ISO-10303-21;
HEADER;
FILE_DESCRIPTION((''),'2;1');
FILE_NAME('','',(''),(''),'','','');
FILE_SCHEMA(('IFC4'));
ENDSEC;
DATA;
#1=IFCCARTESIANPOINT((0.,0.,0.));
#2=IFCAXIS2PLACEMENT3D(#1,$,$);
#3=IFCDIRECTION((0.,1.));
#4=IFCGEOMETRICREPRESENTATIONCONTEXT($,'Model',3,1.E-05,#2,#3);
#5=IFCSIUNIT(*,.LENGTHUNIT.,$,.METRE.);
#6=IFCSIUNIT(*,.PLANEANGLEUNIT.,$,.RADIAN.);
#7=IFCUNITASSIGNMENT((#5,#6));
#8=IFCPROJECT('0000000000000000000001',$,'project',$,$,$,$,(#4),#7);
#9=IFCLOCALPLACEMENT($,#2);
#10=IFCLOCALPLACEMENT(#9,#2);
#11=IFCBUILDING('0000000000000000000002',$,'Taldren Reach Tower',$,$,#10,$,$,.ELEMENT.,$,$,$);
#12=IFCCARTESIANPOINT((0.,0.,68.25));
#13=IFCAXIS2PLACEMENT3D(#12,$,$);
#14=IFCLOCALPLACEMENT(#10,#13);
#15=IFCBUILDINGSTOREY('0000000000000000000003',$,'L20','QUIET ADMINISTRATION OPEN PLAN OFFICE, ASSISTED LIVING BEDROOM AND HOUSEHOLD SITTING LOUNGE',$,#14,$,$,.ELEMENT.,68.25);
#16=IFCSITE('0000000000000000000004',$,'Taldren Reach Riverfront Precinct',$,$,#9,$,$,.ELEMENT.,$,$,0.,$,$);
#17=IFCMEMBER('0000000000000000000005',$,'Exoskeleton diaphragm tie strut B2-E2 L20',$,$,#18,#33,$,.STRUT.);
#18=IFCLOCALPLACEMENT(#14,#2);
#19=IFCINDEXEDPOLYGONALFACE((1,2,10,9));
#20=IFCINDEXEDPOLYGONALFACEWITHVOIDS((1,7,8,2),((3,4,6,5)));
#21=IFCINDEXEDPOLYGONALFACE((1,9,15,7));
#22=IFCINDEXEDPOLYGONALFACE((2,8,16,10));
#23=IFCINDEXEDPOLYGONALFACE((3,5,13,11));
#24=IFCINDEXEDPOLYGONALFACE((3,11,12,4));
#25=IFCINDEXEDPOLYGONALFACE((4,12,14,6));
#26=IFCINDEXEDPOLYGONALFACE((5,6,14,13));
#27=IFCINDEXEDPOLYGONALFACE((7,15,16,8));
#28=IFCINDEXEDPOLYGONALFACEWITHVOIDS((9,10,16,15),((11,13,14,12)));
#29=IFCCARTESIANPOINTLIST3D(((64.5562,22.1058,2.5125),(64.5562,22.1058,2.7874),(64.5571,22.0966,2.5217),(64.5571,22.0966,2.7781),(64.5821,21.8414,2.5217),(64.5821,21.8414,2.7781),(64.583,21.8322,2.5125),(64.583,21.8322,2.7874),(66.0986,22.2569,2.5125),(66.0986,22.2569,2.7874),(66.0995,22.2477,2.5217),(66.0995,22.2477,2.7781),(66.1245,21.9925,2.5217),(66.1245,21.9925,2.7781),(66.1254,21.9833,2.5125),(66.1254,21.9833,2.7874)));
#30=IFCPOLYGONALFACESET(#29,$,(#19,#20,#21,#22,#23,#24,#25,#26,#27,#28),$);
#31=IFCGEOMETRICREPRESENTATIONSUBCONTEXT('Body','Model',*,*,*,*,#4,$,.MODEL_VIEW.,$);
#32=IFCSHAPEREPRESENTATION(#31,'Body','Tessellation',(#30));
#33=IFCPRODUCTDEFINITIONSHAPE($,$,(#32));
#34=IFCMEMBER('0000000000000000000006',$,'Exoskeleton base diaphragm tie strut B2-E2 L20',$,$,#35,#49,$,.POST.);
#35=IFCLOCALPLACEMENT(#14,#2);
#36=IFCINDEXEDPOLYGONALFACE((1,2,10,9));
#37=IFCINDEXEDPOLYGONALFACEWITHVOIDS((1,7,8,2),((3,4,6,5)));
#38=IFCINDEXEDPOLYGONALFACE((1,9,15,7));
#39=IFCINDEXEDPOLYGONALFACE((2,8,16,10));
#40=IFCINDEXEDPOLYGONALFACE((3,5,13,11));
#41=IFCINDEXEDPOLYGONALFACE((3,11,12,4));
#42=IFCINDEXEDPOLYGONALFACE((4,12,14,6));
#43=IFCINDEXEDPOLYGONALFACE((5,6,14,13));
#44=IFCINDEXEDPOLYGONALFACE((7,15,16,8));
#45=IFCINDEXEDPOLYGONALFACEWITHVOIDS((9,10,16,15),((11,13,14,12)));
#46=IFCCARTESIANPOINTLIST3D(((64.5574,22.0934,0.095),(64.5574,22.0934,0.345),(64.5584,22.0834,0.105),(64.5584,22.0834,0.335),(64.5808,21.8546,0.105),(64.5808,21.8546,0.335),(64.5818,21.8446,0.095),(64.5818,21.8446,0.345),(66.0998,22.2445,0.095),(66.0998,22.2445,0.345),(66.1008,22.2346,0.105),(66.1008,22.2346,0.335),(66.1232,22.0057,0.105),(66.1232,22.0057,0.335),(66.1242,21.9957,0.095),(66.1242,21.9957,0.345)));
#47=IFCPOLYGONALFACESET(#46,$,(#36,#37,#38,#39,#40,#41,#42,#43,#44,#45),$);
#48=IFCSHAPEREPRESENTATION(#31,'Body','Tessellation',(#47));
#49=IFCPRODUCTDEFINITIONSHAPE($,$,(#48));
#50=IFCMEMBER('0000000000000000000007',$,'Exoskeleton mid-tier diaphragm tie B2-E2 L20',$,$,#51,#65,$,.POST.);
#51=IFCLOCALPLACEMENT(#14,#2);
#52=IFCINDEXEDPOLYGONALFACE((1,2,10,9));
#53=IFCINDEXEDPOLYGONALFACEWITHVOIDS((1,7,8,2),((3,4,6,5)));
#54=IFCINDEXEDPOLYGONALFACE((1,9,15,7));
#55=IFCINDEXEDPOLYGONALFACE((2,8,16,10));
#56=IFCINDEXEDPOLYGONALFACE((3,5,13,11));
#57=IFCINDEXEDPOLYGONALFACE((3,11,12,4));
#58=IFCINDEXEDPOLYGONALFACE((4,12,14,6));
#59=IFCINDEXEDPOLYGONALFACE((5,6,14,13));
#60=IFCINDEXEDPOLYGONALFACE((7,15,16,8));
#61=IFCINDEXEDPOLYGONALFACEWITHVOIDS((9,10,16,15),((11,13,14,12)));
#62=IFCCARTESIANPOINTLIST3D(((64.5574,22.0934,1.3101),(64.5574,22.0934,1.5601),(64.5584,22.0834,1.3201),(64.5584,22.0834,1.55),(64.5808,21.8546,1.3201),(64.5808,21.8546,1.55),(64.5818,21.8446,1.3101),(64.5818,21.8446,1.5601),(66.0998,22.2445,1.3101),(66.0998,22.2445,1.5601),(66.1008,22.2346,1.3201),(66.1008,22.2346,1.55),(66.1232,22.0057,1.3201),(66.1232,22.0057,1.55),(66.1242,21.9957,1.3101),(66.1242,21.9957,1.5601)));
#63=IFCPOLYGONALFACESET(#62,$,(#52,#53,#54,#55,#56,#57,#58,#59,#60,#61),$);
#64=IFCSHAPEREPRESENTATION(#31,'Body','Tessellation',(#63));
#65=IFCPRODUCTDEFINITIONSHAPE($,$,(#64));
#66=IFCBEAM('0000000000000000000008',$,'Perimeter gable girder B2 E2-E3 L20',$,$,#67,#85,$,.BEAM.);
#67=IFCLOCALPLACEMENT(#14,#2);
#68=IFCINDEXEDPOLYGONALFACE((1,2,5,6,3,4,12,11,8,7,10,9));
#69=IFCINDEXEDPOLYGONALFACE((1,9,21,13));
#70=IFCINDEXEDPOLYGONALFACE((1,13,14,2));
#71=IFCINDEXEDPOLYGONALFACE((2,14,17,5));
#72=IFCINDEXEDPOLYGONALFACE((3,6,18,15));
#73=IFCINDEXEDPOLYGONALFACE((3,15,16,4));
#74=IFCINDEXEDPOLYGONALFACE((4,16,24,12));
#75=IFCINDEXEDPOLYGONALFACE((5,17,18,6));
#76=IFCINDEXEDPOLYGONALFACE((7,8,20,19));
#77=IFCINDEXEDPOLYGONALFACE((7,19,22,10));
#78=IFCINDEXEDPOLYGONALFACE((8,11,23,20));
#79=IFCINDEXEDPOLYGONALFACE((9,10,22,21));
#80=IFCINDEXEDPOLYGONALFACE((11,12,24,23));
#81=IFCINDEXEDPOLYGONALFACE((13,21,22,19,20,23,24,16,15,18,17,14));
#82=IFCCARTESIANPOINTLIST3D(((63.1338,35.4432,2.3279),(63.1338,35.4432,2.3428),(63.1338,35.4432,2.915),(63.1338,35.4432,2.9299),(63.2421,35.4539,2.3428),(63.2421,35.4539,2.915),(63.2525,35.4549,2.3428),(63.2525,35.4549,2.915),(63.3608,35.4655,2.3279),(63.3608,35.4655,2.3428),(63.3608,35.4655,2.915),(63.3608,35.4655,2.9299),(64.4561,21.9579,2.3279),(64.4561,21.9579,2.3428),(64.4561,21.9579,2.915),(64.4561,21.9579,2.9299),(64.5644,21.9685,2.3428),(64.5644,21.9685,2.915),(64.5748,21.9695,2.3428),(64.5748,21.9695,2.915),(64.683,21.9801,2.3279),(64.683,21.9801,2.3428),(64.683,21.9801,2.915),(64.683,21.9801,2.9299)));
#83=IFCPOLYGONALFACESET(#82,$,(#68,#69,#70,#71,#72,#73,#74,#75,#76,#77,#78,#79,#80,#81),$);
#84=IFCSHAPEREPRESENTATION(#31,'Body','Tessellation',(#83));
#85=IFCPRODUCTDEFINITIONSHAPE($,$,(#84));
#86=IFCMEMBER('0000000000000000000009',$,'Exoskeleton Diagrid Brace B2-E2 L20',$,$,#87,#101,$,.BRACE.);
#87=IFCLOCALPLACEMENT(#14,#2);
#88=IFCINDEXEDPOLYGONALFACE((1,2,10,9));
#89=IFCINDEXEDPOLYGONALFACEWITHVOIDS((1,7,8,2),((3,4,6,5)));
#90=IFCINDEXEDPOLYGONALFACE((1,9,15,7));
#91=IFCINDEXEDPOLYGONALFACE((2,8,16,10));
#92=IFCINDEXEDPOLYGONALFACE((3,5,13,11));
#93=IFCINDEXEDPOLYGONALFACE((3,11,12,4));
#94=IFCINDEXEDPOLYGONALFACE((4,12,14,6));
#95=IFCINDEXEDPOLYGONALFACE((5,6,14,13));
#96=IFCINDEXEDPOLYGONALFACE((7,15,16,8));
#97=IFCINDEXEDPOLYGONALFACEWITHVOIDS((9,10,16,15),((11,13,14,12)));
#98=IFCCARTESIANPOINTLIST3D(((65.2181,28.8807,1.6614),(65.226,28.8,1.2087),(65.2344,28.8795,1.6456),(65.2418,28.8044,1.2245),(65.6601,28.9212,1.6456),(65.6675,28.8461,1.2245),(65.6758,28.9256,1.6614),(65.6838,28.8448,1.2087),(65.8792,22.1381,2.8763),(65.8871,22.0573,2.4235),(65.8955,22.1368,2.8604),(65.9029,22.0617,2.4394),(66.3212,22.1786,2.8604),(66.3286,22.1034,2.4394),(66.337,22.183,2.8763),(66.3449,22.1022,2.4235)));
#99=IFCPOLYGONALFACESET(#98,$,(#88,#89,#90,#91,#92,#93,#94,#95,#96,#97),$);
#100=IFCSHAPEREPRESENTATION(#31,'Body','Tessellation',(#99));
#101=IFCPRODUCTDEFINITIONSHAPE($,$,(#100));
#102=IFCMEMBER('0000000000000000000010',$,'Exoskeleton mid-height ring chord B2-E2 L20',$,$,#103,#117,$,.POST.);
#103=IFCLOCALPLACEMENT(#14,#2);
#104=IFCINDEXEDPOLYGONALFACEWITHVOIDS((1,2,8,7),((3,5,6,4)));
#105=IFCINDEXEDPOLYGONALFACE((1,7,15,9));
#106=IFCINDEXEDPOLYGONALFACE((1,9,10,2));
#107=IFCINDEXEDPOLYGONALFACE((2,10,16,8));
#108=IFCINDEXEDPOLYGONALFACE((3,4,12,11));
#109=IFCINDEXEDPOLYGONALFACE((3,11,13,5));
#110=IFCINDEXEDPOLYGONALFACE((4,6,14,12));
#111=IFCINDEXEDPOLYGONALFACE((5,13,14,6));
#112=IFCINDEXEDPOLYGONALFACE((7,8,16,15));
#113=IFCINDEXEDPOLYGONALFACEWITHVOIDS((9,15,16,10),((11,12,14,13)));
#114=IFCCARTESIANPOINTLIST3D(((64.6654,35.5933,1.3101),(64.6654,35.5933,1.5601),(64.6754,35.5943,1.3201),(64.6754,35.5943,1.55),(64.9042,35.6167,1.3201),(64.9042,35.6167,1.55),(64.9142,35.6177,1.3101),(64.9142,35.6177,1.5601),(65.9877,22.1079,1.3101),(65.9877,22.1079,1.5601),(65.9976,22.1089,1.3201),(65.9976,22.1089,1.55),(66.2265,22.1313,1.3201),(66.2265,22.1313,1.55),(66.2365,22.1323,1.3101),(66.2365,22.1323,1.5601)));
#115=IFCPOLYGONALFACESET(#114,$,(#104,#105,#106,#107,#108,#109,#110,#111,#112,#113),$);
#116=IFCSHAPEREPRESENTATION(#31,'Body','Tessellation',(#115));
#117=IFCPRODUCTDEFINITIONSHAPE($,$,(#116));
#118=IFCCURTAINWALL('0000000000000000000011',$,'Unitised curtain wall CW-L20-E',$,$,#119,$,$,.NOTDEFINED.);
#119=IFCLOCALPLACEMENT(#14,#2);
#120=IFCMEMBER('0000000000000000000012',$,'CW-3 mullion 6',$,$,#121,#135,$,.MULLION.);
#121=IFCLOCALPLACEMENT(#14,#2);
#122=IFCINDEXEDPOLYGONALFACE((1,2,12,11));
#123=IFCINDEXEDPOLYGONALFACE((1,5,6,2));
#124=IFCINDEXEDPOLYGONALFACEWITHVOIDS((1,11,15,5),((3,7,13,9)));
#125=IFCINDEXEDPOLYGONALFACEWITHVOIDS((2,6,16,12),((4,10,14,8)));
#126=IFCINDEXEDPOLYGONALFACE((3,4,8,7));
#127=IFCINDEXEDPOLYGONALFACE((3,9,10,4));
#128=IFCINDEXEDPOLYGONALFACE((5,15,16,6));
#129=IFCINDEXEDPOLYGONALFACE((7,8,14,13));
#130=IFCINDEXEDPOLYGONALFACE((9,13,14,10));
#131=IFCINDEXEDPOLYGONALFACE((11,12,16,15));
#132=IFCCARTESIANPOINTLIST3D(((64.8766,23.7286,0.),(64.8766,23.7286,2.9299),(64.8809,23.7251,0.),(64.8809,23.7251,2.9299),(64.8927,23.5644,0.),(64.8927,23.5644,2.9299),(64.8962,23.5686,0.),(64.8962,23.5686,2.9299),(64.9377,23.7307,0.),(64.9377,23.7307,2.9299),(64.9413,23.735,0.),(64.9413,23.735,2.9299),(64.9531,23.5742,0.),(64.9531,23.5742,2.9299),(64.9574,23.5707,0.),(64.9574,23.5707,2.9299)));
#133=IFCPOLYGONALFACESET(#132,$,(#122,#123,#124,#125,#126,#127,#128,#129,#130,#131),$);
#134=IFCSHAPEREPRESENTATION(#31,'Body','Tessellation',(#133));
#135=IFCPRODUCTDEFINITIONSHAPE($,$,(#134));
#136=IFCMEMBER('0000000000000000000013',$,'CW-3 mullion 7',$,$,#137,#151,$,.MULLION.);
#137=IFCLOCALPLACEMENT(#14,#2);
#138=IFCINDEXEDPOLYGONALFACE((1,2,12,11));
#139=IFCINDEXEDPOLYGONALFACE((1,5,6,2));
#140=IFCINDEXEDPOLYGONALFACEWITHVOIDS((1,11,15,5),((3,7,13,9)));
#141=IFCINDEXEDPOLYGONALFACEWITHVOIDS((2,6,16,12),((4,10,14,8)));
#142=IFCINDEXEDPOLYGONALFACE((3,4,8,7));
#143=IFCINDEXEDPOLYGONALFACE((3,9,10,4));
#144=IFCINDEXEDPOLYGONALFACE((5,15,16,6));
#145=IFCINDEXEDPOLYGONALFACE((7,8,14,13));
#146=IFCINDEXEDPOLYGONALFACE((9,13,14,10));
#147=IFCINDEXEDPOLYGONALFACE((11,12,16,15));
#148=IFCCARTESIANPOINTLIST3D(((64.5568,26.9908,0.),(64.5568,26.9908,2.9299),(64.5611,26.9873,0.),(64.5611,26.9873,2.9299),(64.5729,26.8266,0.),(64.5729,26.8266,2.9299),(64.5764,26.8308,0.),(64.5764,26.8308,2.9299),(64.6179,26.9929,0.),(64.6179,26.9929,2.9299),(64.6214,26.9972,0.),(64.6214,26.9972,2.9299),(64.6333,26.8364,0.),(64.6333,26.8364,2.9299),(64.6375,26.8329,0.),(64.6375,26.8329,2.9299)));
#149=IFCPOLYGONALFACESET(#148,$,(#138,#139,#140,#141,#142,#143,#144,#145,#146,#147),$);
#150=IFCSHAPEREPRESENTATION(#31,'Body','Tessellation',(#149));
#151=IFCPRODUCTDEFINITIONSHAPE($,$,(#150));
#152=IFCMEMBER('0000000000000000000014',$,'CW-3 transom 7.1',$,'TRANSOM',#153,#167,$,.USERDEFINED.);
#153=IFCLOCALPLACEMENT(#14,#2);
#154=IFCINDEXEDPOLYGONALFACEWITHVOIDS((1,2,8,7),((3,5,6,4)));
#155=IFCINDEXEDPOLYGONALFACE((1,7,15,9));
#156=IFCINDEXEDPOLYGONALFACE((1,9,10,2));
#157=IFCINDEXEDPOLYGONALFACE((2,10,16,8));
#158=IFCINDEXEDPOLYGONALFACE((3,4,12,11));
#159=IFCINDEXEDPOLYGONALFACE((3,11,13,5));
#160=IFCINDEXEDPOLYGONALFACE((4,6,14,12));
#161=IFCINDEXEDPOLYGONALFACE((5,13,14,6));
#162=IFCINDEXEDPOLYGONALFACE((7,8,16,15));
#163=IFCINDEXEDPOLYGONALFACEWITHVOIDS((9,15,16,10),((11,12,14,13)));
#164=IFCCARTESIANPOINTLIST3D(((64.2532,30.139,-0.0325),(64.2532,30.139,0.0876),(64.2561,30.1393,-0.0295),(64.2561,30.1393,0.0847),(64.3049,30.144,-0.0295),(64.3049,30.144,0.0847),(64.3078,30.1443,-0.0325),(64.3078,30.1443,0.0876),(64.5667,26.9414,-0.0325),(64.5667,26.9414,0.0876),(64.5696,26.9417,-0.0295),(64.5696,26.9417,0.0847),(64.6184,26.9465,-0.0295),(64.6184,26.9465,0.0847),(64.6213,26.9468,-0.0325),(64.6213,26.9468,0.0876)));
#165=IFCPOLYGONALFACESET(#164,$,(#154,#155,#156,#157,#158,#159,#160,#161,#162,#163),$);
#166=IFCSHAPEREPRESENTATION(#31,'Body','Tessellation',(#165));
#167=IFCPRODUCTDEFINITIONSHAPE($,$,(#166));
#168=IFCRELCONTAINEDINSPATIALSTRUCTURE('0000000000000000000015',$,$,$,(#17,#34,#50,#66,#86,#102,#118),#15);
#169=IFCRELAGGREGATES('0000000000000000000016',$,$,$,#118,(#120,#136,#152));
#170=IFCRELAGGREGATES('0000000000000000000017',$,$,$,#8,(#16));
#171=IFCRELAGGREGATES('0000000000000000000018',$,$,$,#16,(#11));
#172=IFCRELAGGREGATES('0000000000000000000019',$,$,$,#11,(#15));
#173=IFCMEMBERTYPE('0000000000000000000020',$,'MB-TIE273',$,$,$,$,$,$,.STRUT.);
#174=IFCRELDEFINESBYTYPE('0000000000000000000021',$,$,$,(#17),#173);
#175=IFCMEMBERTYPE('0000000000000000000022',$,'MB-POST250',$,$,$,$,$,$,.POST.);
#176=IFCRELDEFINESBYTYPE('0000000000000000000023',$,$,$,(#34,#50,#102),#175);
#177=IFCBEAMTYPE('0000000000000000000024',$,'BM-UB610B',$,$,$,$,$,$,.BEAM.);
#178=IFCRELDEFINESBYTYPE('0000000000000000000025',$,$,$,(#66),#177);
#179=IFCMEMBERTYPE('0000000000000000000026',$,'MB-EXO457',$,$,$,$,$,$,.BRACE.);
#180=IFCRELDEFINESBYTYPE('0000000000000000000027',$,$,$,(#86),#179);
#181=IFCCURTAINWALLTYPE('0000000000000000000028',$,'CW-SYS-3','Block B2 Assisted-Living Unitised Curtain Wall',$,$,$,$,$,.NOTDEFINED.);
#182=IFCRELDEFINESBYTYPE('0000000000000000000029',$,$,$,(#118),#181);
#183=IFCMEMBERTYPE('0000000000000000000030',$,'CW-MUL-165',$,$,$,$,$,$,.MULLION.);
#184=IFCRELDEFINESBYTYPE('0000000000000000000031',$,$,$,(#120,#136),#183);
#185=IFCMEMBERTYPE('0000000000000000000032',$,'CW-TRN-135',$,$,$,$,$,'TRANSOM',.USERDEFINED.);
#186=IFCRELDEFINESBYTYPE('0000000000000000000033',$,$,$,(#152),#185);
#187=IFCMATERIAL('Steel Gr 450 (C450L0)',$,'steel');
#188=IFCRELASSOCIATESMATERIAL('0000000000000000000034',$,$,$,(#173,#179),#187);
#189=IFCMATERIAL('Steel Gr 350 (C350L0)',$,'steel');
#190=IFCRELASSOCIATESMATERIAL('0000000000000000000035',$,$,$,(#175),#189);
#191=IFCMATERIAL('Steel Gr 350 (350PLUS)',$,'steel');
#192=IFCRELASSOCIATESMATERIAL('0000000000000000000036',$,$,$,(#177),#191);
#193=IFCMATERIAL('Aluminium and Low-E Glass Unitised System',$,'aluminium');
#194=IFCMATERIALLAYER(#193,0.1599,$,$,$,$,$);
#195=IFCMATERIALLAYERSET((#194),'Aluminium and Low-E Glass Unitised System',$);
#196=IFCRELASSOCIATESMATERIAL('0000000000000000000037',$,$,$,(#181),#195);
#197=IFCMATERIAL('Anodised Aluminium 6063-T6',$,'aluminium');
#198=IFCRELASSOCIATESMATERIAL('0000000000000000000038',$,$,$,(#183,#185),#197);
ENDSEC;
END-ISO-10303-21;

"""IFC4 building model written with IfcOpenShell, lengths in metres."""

from ifc_helpers import new_model, si_unit, direction, frame, origin, origin_2d, place, context, subcontext, project, spatial, hollow_rectangle, i_section, extrude, source, transform, mapped, material, layer, layer_set, material_profile, profile_set, type_object, element, aggregate, save


model = new_model("IFC4")

# Units and contexts
model_context = context("Model", 3, precision=1e-05, world=origin(), true_north=direction((0.0, 1.0)))
body_context = subcontext(model_context, "Body", "Model", "MODEL_VIEW")
ifc_project = project(units=[si_unit("LENGTHUNIT", "METRE"), si_unit("PLANEANGLEUNIT", "RADIAN")], contexts=[model_context])

# Site, building, storey
site_placement = place(None, origin())
site = spatial("IfcSite", under=ifc_project, at=site_placement, Name="Taldren Reach Riverfront Precinct", CompositionType="ELEMENT", RefElevation=0.0)
building_placement = place(site_placement, origin())
building = spatial("IfcBuilding", under=site, at=building_placement, Name="Taldren Reach Tower", CompositionType="ELEMENT")
storey_placement = place(building_placement, frame((0.0, 0.0, 68.25)))
storey = spatial("IfcBuildingStorey", under=building, at=storey_placement, Name="L20", Description="QUIET ADMINISTRATION OPEN PLAN OFFICE, ASSISTED LIVING BEDROOM AND HOUSEHOLD SITTING LOUNGE", CompositionType="ELEMENT", Elevation=68.25)

# Members
ifc_material_1 = material(Name="Steel Gr 450 (C450L0)", Category="steel")
ifc_material_profile_1 = material_profile(ifc_material_1, hollow_rectangle(XDim=0.2749, YDim=0.2749, WallThickness=0.0093, at=origin_2d()), Name="275x275x9.3SHS")
ifc_profile_set_1 = profile_set([ifc_material_profile_1], Name="Steel Gr 450 (C450L0)")
member_type_1 = type_object("IfcMemberType", Name="MB-TIE273", PredefinedType="STRUT", material=ifc_profile_set_1)
shared_shape_1 = source(origin(), body_context, "Body", "SweptSolid", [
    extrude(hollow_rectangle(XDim=0.2749, YDim=0.2749, WallThickness=0.0093, at=origin_2d()), origin(), (0.0, 0.0, 1.0), 1.5498),
])
member_1_placement = place(storey_placement, frame((64.5696, 21.969, 2.6499), z_axis=(0.995235, 0.097507, 0.0), x_axis=(-0.097507, 0.995235, 0.0)))
element("IfcMember", 1, at=member_1_placement, inside=storey, type_object=member_type_1, Name="Exoskeleton diaphragm tie strut B2-E2 L20", PredefinedType="STRUT", context=body_context, shape_type="MappedRepresentation", body=[
    mapped(shared_shape_1, transform((0.0, 0.0, 0.0), scale=1.0)),
])
ifc_material_2 = material(Name="Steel Gr 350 (C350L0)", Category="steel")
ifc_material_profile_2 = material_profile(ifc_material_2, hollow_rectangle(XDim=0.25, YDim=0.25, WallThickness=0.01, at=origin_2d()), Name="250x250x10.0SHS")
ifc_profile_set_2 = profile_set([ifc_material_profile_2], Name="Steel Gr 350 (C350L0)")
member_type_2 = type_object("IfcMemberType", Name="MB-POST250", PredefinedType="POST", material=ifc_profile_set_2)
shared_shape_2 = source(origin(), body_context, "Body", "SweptSolid", [
    extrude(hollow_rectangle(XDim=0.25, YDim=0.25, WallThickness=0.01, at=origin_2d()), origin(), (0.0, 0.0, 1.0), 1.5498),
])
for number, where, z_axis, x_axis, name in (
    (2, (64.5696, 21.969, 0.22), (0.995235, 0.097507, 0.0), (-0.097507, 0.995235, 0.0), "Exoskeleton base diaphragm tie strut B2-E2 L20"),
    (3, (64.5696, 21.969, 1.4351), (0.995235, 0.097507, 0.0), (-0.097507, 0.995235, 0.0), "Exoskeleton mid-tier diaphragm tie B2-E2 L20"),
):
    element("IfcMember", number, at=place(storey_placement, frame(where, z_axis=z_axis, x_axis=x_axis)), inside=storey, type_object=member_type_2, Name=name, PredefinedType="POST", context=body_context, shape_type="MappedRepresentation", body=[
        mapped(shared_shape_2, transform((0.0, 0.0, 0.0), scale=1.0)),
    ])

# Beam
ifc_material_3 = material(Name="Steel Gr 350 (350PLUS)", Category="steel")
ifc_material_profile_3 = material_profile(ifc_material_3, i_section(OverallWidth=0.228, OverallDepth=0.6021, WebThickness=0.0105, FlangeThickness=0.0149, at=origin_2d()), Name="610UB101")
ifc_profile_set_3 = profile_set([ifc_material_profile_3], Name="Steel Gr 350 (350PLUS)")
beam_type = type_object("IfcBeamType", Name="BM-UB610B", PredefinedType="BEAM", material=ifc_profile_set_3)
shared_shape_3 = source(origin(), body_context, "Body", "SweptSolid", [
    extrude(i_section(OverallWidth=0.228, OverallDepth=0.6021, WebThickness=0.0105, FlangeThickness=0.0149, at=origin_2d()), origin(), (0.0, 0.0, 1.0), 13.55),
])
beam_placement = place(storey_placement, frame((64.5696, 21.969, 2.6289), z_axis=(-0.097584, 0.995227, 0.0), x_axis=(-0.995227, -0.097584, 0.0)))
element("IfcBeam", 4, at=beam_placement, inside=storey, type_object=beam_type, Name="Perimeter gable girder B2 E2-E3 L20", PredefinedType="BEAM", context=body_context, shape_type="MappedRepresentation", body=[
    mapped(shared_shape_3, transform((0.0, 0.0, 0.0), scale=1.0)),
])

# Members
ifc_material_profile_4 = material_profile(ifc_material_1, hollow_rectangle(XDim=0.46, YDim=0.46, WallThickness=0.0161, at=origin_2d()), Name="460x460x16.0SHS")
ifc_profile_set_4 = profile_set([ifc_material_profile_4], Name="Steel Gr 450 (C450L0)")
member_type_3 = type_object("IfcMemberType", Name="MB-EXO457", PredefinedType="BRACE", material=ifc_profile_set_4)
shared_shape_4 = source(origin(), body_context, "Body", "SweptSolid", [
    extrude(hollow_rectangle(XDim=0.46, YDim=0.46, WallThickness=0.0161, at=origin_2d()), origin(), (0.0, 0.0, 1.0), 6.8831),
])
member_2_placement = place(storey_placement, frame((65.4509, 28.8628, 1.4351), z_axis=(0.096052, -0.979603, 0.176497), x_axis=(0.995227, 0.097584, 0.0)))
element("IfcMember", 5, at=member_2_placement, inside=storey, type_object=member_type_3, Name="Exoskeleton Diagrid Brace B2-E2 L20", PredefinedType="BRACE", context=body_context, shape_type="MappedRepresentation", body=[
    mapped(shared_shape_4, transform((0.0, 0.0, 0.0), scale=1.0)),
])
shared_shape_5 = source(origin(), body_context, "Body", "SweptSolid", [
    extrude(hollow_rectangle(XDim=0.25, YDim=0.25, WallThickness=0.01, at=origin_2d()), origin(), (0.0, 0.0, 1.0), 13.55),
])
member_3_placement = place(storey_placement, frame((66.1121, 22.1201, 1.4351), z_axis=(-0.097584, 0.995227, 0.0), x_axis=(-0.995227, -0.097584, 0.0)))
element("IfcMember", 6, at=member_3_placement, inside=storey, type_object=member_type_2, Name="Exoskeleton mid-height ring chord B2-E2 L20", PredefinedType="POST", context=body_context, shape_type="MappedRepresentation", body=[
    mapped(shared_shape_5, transform((0.0, 0.0, 0.0), scale=1.0)),
])

# Curtain wall, members
ifc_material_4 = material(Name="Aluminium and Low-E Glass Unitised System", Category="aluminium")
ifc_layer_1 = layer(ifc_material_4, 0.1599)
ifc_layer_set_1 = layer_set([ifc_layer_1], Name="Aluminium and Low-E Glass Unitised System")
curtain_wall_type = type_object("IfcCurtainWallType", Name="CW-SYS-3", Description="Block B2 Assisted-Living Unitised Curtain Wall", PredefinedType="NOTDEFINED", material=ifc_layer_set_1)
curtain_wall_placement = place(storey_placement, origin())
curtain_wall = element("IfcCurtainWall", 7, at=curtain_wall_placement, inside=storey, type_object=curtain_wall_type, Name="Unitised curtain wall CW-L20-E", PredefinedType="NOTDEFINED")
ifc_material_5 = material(Name="Anodised Aluminium 6063-T6", Category="aluminium")
ifc_material_profile_5 = material_profile(ifc_material_5, hollow_rectangle(XDim=0.0649, YDim=0.165, WallThickness=0.0039, at=origin_2d()), Name="ALU-165x65x4RHS")
ifc_profile_set_5 = profile_set([ifc_material_profile_5], Name="Anodised Aluminium 6063-T6")
member_type_4 = type_object("IfcMemberType", Name="CW-MUL-165", PredefinedType="MULLION", material=ifc_profile_set_5)
shared_shape_6 = source(origin(), body_context, "Body", "SweptSolid", [
    extrude(hollow_rectangle(XDim=0.0649, YDim=0.165, WallThickness=0.0039, at=origin_2d()), origin(), (0.0, 0.0, 1.0), 2.9299),
])
member_4_placement = place(storey_placement, frame((64.917, 23.6497, 0.0), z_axis=(0.0, 0.0, 1.0), x_axis=(-0.995227, -0.097583, 0.0)))
member_4 = element("IfcMember", 8, at=member_4_placement, type_object=member_type_4, Name="CW-3 mullion 6", PredefinedType="MULLION", context=body_context, shape_type="MappedRepresentation", body=[
    mapped(shared_shape_6, transform((0.0, 0.0, 0.0), scale=1.0)),
])
member_5_placement = place(storey_placement, frame((64.5972, 26.9119, 0.0), z_axis=(0.0, 0.0, 1.0), x_axis=(-0.995227, -0.097583, 0.0)))
member_5 = element("IfcMember", 9, at=member_5_placement, type_object=member_type_4, Name="CW-3 mullion 7", PredefinedType="MULLION", context=body_context, shape_type="MappedRepresentation", body=[
    mapped(shared_shape_6, transform((0.0, 0.0, 0.0), scale=1.0)),
])
ifc_material_profile_6 = material_profile(ifc_material_5, hollow_rectangle(XDim=0.0549, YDim=0.1201, WallThickness=0.0029, at=origin_2d()), Name="ALU-120x55x3RHS")
ifc_profile_set_6 = profile_set([ifc_material_profile_6], Name="Anodised Aluminium 6063-T6")
member_type_5 = type_object("IfcMemberType", Name="CW-TRN-135", ElementType="TRANSOM", PredefinedType="USERDEFINED", material=ifc_profile_set_6)
shared_shape_7 = source(origin(), body_context, "Body", "SweptSolid", [
    extrude(hollow_rectangle(XDim=0.0549, YDim=0.1201, WallThickness=0.0029, at=origin_2d()), origin(), (0.0, 0.0, 1.0), 3.2129),
])
member_6_placement = place(storey_placement, frame((64.594, 26.9441, 0.0276), z_axis=(-0.09757, 0.995229, 0.0), x_axis=(-0.995229, -0.09757, 0.0)))
member_6 = element("IfcMember", 10, at=member_6_placement, type_object=member_type_5, Name="CW-3 transom 7.1", ObjectType="TRANSOM", PredefinedType="USERDEFINED", context=body_context, shape_type="MappedRepresentation", body=[
    mapped(shared_shape_7, transform((0.0, 0.0, 0.0), scale=1.0)),
])

aggregate(curtain_wall, [member_4, member_5, member_6])

save(model, "model.ifc")
